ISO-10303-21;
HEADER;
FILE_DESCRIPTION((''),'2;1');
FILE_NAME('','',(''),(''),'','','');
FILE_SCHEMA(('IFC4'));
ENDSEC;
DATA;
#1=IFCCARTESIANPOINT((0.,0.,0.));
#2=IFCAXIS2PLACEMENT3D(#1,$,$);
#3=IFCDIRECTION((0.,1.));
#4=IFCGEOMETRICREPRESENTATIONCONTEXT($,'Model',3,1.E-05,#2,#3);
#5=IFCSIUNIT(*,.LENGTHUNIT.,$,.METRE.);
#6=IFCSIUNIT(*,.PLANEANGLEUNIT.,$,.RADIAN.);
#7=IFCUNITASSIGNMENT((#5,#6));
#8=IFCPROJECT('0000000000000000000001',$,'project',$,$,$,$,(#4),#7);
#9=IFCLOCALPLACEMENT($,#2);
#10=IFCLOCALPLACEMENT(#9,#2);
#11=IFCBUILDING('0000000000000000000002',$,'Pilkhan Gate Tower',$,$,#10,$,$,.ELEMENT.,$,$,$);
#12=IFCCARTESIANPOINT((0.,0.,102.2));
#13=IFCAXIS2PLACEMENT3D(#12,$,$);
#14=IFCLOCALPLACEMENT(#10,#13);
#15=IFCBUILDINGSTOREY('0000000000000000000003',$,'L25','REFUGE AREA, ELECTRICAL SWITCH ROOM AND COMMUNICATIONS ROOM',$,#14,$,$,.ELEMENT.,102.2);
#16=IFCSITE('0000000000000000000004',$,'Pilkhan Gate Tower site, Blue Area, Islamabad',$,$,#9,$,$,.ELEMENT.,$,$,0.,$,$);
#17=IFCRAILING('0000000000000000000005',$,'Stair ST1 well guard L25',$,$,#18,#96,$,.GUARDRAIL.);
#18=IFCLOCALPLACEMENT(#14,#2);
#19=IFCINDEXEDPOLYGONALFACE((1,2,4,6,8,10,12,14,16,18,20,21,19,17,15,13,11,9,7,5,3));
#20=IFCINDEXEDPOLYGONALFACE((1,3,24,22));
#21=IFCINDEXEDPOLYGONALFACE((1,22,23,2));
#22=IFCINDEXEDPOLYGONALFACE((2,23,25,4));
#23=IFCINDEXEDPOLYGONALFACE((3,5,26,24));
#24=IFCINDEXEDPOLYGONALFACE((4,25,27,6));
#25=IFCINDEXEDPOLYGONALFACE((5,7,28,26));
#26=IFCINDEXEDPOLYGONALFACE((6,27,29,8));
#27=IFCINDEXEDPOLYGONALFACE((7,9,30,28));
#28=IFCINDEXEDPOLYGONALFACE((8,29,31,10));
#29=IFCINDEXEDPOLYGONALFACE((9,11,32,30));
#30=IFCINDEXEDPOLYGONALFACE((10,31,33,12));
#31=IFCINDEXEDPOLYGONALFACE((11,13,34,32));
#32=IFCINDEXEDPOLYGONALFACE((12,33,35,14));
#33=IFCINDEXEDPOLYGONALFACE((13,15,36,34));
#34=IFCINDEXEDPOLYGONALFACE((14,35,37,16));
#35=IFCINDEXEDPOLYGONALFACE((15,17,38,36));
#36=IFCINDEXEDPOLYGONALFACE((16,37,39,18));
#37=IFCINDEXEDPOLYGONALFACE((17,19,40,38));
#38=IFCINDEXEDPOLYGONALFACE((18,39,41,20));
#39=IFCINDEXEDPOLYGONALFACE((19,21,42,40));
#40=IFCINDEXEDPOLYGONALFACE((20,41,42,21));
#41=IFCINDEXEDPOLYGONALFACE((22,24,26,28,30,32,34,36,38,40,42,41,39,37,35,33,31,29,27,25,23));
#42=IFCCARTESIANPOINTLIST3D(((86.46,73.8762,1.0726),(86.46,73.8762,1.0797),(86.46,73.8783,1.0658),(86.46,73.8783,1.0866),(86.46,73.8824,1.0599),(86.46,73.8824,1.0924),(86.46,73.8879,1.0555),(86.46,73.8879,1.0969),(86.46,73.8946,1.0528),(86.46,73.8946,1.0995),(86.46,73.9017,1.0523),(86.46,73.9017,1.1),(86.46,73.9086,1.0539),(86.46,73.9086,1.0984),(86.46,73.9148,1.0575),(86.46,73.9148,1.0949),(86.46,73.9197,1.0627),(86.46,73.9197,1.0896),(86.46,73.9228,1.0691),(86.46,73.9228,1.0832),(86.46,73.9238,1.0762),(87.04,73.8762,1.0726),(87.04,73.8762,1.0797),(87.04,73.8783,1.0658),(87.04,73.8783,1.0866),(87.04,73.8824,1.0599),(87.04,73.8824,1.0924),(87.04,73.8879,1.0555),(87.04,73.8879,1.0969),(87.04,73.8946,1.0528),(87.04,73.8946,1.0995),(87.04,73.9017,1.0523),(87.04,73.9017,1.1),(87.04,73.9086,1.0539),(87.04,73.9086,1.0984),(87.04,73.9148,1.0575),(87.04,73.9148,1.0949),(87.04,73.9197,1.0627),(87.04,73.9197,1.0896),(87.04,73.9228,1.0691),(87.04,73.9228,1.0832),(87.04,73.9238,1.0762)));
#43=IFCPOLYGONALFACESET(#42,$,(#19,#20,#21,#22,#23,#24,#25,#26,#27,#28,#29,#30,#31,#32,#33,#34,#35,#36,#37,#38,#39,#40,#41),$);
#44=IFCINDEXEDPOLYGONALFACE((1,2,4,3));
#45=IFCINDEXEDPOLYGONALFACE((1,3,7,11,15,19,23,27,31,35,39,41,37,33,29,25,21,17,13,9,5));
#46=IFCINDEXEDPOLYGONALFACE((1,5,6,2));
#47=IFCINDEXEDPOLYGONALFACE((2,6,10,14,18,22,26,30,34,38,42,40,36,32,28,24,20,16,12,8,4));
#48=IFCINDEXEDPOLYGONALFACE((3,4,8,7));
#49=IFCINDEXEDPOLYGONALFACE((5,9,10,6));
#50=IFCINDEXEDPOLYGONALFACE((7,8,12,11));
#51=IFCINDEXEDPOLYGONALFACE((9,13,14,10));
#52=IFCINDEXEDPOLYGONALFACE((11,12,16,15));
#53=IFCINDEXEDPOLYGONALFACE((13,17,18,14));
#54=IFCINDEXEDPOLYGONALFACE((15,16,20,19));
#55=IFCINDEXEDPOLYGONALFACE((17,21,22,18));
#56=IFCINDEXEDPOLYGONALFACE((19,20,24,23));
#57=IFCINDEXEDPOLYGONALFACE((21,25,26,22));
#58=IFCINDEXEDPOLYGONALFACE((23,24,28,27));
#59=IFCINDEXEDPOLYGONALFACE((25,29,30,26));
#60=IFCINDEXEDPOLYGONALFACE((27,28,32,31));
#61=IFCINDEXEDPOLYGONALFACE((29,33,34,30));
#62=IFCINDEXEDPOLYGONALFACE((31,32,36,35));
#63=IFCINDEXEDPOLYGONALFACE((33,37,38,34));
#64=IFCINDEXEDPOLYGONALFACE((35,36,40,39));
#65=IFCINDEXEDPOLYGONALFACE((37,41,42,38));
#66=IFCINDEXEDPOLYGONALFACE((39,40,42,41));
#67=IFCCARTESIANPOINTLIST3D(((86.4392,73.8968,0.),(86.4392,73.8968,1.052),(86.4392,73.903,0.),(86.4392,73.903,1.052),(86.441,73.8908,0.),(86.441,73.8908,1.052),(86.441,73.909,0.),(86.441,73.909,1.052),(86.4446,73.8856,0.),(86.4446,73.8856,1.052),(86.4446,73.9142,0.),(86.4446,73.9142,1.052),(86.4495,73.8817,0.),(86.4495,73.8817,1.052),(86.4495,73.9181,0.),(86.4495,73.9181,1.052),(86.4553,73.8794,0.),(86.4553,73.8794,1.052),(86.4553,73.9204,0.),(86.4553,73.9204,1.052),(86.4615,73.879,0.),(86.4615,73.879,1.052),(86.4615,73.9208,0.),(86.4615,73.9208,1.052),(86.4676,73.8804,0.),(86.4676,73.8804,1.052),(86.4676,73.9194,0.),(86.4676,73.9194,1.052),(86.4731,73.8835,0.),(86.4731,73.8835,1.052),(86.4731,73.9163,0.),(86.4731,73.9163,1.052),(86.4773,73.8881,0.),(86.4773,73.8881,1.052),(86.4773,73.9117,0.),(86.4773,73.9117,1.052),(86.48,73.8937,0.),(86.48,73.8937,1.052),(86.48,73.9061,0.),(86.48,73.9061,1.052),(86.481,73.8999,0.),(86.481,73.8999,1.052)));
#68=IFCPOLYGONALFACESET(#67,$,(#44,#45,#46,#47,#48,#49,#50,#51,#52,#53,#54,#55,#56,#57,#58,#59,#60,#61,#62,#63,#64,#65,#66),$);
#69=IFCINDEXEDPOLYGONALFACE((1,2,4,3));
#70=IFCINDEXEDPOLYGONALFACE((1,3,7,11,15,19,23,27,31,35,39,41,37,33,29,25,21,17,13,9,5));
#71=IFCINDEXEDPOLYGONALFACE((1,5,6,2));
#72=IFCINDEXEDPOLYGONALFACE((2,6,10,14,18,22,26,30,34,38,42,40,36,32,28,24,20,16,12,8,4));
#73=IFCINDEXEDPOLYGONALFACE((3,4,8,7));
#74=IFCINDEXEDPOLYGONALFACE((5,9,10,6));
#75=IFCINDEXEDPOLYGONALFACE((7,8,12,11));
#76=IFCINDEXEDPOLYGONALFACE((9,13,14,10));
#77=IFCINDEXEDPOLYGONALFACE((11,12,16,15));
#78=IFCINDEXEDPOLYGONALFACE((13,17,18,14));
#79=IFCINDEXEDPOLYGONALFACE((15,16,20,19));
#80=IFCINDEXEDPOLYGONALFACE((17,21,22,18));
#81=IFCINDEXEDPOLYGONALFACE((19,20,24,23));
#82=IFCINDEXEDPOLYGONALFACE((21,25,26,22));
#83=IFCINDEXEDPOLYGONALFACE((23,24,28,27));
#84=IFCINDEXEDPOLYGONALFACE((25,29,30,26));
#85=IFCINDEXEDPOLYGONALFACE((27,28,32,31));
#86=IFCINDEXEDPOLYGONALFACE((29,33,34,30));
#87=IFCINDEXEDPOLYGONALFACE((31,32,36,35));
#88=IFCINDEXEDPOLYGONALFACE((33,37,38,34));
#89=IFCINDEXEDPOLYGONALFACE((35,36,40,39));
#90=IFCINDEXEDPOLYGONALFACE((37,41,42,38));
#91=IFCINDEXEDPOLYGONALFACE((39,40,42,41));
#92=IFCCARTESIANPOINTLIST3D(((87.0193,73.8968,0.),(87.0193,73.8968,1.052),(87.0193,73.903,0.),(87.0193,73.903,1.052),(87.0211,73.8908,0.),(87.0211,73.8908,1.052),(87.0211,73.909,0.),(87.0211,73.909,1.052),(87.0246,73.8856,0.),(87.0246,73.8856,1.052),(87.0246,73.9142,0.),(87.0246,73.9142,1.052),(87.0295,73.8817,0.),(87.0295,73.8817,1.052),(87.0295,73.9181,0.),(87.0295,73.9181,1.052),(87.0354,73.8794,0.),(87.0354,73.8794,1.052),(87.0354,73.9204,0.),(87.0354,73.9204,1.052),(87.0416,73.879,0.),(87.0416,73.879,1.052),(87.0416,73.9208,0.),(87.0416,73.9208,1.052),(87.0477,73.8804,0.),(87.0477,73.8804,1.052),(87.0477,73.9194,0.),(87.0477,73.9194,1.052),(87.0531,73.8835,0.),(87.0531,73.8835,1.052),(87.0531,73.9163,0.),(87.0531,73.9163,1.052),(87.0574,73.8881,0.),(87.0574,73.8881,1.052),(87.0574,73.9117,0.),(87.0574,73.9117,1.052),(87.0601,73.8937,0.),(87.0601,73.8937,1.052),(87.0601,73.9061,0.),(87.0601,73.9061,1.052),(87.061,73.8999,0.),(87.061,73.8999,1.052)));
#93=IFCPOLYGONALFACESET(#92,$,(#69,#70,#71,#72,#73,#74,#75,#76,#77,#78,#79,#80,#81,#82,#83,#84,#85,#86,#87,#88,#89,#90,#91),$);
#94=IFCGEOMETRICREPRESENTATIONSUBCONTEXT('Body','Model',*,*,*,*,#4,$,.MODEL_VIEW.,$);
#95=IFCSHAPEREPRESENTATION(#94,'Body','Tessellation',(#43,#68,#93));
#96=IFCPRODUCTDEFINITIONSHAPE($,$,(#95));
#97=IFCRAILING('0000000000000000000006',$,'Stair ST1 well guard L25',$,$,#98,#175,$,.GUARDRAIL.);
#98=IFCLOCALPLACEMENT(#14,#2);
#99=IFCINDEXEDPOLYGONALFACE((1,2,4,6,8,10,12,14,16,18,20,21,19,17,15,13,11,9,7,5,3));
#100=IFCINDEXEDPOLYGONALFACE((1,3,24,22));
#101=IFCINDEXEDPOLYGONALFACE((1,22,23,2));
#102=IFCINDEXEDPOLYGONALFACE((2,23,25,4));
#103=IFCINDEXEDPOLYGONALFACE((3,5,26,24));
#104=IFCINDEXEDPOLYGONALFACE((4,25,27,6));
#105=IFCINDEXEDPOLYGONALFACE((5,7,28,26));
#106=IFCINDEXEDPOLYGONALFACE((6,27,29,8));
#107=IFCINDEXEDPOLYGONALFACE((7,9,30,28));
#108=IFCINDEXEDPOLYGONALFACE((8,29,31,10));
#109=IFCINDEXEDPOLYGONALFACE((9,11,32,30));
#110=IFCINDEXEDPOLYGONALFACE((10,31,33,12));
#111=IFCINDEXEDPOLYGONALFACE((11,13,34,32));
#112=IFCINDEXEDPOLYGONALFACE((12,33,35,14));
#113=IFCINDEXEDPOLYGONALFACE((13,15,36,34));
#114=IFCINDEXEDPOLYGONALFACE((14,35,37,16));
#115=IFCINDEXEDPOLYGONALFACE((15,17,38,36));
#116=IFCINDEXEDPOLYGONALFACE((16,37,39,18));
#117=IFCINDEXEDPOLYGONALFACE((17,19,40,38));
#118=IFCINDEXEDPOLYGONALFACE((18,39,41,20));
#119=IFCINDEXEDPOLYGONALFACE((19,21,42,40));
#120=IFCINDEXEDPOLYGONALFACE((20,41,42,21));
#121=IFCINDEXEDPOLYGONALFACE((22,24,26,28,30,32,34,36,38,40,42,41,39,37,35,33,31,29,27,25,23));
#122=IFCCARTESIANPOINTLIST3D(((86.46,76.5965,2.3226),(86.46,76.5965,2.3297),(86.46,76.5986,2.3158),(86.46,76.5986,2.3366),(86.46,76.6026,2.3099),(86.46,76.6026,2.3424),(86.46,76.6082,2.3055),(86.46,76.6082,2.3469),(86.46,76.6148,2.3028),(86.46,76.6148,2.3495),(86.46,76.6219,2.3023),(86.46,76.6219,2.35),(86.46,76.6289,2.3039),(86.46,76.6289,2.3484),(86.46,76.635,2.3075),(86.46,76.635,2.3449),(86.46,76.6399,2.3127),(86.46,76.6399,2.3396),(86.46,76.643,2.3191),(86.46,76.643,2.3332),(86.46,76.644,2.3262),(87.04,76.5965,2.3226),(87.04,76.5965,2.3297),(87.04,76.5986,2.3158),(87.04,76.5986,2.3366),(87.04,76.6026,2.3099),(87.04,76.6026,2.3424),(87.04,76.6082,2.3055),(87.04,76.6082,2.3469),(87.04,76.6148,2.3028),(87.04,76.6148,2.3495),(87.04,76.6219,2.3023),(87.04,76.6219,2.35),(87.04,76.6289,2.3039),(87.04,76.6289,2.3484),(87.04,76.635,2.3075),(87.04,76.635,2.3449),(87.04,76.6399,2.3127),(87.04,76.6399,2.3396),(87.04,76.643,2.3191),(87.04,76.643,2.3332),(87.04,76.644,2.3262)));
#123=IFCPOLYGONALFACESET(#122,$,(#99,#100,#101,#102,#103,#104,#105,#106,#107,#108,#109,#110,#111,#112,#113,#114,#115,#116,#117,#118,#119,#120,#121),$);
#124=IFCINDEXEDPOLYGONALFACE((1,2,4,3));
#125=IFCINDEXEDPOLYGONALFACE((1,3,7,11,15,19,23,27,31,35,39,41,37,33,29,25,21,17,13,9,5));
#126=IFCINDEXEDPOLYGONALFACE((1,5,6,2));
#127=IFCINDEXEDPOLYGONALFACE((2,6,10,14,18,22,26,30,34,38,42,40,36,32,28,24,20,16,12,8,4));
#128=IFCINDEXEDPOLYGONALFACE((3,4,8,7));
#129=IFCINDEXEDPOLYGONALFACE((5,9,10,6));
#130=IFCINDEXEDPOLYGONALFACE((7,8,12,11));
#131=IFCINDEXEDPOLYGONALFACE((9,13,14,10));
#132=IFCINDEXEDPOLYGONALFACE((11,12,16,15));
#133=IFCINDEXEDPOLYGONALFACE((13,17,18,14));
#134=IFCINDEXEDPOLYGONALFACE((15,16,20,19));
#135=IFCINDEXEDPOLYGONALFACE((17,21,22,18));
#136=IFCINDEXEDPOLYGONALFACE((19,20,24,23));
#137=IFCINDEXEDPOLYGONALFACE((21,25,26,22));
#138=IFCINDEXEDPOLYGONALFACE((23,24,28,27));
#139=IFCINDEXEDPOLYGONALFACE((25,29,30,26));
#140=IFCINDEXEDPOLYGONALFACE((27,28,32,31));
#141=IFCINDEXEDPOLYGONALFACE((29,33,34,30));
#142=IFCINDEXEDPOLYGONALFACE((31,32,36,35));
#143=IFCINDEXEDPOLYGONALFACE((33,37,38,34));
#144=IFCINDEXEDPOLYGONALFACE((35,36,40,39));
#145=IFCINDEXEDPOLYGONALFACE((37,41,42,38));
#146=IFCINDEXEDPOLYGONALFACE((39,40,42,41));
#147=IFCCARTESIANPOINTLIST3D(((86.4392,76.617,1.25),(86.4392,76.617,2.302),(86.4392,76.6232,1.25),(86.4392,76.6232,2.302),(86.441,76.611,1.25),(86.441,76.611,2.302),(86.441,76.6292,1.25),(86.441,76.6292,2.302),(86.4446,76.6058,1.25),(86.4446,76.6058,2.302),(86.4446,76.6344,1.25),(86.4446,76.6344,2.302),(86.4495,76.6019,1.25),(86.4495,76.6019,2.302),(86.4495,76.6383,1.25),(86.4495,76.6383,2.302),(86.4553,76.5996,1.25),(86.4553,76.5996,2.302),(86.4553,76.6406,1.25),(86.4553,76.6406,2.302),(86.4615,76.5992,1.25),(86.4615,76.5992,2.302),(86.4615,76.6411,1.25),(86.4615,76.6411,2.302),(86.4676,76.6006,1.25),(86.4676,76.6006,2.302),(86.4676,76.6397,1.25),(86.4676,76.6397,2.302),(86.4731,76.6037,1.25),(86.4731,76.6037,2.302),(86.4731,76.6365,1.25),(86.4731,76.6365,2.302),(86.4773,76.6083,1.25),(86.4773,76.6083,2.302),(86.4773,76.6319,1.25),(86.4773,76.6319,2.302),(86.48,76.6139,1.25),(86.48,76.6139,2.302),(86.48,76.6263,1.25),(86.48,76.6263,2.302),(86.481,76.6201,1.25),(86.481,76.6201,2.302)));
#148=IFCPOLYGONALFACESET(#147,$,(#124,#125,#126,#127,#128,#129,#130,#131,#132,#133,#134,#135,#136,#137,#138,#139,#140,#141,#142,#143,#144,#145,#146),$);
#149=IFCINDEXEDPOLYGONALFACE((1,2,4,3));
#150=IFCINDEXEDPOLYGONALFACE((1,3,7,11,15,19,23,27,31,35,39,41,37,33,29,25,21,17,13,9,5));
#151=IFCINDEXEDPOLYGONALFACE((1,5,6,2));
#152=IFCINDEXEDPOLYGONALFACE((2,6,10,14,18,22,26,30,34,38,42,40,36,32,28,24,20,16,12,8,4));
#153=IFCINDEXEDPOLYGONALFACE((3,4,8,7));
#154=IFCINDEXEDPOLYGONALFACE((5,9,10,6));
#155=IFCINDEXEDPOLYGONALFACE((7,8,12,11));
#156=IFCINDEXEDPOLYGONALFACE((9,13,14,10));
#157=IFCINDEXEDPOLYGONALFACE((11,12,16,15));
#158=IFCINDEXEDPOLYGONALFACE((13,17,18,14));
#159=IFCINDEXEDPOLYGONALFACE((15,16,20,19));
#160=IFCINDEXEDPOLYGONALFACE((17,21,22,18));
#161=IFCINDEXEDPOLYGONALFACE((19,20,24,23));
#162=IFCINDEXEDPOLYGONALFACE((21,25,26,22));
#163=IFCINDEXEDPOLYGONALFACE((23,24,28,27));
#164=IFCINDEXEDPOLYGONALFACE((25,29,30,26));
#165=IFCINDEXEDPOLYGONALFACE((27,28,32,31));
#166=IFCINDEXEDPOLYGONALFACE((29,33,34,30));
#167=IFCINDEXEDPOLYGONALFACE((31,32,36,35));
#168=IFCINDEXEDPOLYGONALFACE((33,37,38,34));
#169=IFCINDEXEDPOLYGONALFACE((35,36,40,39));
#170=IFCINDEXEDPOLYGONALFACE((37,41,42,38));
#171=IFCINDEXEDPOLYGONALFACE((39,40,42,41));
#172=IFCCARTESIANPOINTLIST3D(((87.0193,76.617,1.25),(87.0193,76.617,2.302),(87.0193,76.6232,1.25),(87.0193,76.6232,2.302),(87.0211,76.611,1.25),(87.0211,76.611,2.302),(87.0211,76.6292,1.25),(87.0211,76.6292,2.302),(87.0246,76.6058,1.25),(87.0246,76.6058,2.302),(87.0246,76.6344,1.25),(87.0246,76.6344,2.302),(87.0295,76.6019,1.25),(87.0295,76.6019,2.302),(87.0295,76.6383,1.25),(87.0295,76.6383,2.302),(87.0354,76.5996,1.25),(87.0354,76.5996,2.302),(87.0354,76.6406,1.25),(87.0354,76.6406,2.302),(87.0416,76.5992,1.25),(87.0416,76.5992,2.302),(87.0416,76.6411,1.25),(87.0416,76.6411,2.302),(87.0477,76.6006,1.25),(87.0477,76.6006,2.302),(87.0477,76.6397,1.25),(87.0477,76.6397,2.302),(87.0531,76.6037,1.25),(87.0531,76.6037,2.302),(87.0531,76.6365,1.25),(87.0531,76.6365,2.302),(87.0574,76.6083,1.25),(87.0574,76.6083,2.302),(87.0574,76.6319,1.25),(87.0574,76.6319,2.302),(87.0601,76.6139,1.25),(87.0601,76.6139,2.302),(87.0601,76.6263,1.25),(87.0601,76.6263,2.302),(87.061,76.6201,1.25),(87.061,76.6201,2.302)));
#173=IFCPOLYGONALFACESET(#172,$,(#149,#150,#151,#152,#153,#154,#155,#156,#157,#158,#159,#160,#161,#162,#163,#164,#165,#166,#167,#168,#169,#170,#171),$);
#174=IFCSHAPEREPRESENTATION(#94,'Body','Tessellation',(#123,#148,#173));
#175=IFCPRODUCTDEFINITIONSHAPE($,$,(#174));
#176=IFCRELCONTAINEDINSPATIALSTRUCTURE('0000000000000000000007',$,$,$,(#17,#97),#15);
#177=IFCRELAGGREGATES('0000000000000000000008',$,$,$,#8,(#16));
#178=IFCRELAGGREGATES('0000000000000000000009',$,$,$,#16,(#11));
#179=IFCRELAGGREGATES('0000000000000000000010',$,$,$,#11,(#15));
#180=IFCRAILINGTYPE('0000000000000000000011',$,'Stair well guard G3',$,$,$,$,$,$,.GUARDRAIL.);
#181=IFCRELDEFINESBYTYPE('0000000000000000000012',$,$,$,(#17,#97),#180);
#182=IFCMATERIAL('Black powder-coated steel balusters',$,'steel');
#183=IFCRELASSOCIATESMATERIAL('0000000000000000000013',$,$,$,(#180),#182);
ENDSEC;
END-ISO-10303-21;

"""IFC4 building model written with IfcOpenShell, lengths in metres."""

from ifc_helpers import new_model, si_unit, direction, frame, origin, origin_2d, place, context, subcontext, project, spatial, circle, extrude, material, type_object, element, save


model = new_model("IFC4")

# Units and contexts
model_context = context("Model", 3, precision=1e-05, world=origin(), true_north=direction((0.0, 1.0)))
body_context = subcontext(model_context, "Body", "Model", "MODEL_VIEW")
ifc_project = project(units=[si_unit("LENGTHUNIT", "METRE"), si_unit("PLANEANGLEUNIT", "RADIAN")], contexts=[model_context])

# Site, building, storey
site_placement = place(None, origin())
site = spatial("IfcSite", under=ifc_project, at=site_placement, Name="Pilkhan Gate Tower site, Blue Area, Islamabad", CompositionType="ELEMENT", RefElevation=0.0)
building_placement = place(site_placement, origin())
building = spatial("IfcBuilding", under=site, at=building_placement, Name="Pilkhan Gate Tower", CompositionType="ELEMENT")
storey_placement = place(building_placement, frame((0.0, 0.0, 102.2)))
storey = spatial("IfcBuildingStorey", under=building, at=storey_placement, Name="L25", Description="REFUGE AREA, ELECTRICAL SWITCH ROOM AND COMMUNICATIONS ROOM", CompositionType="ELEMENT", Elevation=102.2)

# Railings
ifc_material_1 = material(Name="Black powder-coated steel balusters", Category="steel")
railing_type_1 = type_object("IfcRailingType", Name="Stair well guard G3", PredefinedType="GUARDRAIL", material=ifc_material_1)
for number, where, name in (
    (1, (86.46, 73.8999, 0.0), "Stair ST1 well guard L25"),
    (2, (86.46, 76.6201, 1.25), "Stair ST1 well guard L25"),
):
    element("IfcRailing", number, at=place(storey_placement, frame(where)), inside=storey, type_object=railing_type_1, Name=name, PredefinedType="GUARDRAIL", context=body_context, shape_type="SweptSolid", body=[
        extrude(circle(Radius=0.0239, at=origin_2d()), frame((0.0, 0.0, 1.0762), z_axis=(1.0, 0.0, 0.0), x_axis=(0.0, 1.0, 0.0)), (0.0, 0.0, 1.0), 0.5801),
        extrude(circle(Radius=0.021, at=origin_2d()), origin(), (0.0, 0.0, 1.0), 1.052),
        extrude(circle(Radius=0.021, at=origin_2d()), frame((0.5801, 0.0, 0.0)), (0.0, 0.0, 1.0), 1.052),
    ])

save(model, "model.ifc")
